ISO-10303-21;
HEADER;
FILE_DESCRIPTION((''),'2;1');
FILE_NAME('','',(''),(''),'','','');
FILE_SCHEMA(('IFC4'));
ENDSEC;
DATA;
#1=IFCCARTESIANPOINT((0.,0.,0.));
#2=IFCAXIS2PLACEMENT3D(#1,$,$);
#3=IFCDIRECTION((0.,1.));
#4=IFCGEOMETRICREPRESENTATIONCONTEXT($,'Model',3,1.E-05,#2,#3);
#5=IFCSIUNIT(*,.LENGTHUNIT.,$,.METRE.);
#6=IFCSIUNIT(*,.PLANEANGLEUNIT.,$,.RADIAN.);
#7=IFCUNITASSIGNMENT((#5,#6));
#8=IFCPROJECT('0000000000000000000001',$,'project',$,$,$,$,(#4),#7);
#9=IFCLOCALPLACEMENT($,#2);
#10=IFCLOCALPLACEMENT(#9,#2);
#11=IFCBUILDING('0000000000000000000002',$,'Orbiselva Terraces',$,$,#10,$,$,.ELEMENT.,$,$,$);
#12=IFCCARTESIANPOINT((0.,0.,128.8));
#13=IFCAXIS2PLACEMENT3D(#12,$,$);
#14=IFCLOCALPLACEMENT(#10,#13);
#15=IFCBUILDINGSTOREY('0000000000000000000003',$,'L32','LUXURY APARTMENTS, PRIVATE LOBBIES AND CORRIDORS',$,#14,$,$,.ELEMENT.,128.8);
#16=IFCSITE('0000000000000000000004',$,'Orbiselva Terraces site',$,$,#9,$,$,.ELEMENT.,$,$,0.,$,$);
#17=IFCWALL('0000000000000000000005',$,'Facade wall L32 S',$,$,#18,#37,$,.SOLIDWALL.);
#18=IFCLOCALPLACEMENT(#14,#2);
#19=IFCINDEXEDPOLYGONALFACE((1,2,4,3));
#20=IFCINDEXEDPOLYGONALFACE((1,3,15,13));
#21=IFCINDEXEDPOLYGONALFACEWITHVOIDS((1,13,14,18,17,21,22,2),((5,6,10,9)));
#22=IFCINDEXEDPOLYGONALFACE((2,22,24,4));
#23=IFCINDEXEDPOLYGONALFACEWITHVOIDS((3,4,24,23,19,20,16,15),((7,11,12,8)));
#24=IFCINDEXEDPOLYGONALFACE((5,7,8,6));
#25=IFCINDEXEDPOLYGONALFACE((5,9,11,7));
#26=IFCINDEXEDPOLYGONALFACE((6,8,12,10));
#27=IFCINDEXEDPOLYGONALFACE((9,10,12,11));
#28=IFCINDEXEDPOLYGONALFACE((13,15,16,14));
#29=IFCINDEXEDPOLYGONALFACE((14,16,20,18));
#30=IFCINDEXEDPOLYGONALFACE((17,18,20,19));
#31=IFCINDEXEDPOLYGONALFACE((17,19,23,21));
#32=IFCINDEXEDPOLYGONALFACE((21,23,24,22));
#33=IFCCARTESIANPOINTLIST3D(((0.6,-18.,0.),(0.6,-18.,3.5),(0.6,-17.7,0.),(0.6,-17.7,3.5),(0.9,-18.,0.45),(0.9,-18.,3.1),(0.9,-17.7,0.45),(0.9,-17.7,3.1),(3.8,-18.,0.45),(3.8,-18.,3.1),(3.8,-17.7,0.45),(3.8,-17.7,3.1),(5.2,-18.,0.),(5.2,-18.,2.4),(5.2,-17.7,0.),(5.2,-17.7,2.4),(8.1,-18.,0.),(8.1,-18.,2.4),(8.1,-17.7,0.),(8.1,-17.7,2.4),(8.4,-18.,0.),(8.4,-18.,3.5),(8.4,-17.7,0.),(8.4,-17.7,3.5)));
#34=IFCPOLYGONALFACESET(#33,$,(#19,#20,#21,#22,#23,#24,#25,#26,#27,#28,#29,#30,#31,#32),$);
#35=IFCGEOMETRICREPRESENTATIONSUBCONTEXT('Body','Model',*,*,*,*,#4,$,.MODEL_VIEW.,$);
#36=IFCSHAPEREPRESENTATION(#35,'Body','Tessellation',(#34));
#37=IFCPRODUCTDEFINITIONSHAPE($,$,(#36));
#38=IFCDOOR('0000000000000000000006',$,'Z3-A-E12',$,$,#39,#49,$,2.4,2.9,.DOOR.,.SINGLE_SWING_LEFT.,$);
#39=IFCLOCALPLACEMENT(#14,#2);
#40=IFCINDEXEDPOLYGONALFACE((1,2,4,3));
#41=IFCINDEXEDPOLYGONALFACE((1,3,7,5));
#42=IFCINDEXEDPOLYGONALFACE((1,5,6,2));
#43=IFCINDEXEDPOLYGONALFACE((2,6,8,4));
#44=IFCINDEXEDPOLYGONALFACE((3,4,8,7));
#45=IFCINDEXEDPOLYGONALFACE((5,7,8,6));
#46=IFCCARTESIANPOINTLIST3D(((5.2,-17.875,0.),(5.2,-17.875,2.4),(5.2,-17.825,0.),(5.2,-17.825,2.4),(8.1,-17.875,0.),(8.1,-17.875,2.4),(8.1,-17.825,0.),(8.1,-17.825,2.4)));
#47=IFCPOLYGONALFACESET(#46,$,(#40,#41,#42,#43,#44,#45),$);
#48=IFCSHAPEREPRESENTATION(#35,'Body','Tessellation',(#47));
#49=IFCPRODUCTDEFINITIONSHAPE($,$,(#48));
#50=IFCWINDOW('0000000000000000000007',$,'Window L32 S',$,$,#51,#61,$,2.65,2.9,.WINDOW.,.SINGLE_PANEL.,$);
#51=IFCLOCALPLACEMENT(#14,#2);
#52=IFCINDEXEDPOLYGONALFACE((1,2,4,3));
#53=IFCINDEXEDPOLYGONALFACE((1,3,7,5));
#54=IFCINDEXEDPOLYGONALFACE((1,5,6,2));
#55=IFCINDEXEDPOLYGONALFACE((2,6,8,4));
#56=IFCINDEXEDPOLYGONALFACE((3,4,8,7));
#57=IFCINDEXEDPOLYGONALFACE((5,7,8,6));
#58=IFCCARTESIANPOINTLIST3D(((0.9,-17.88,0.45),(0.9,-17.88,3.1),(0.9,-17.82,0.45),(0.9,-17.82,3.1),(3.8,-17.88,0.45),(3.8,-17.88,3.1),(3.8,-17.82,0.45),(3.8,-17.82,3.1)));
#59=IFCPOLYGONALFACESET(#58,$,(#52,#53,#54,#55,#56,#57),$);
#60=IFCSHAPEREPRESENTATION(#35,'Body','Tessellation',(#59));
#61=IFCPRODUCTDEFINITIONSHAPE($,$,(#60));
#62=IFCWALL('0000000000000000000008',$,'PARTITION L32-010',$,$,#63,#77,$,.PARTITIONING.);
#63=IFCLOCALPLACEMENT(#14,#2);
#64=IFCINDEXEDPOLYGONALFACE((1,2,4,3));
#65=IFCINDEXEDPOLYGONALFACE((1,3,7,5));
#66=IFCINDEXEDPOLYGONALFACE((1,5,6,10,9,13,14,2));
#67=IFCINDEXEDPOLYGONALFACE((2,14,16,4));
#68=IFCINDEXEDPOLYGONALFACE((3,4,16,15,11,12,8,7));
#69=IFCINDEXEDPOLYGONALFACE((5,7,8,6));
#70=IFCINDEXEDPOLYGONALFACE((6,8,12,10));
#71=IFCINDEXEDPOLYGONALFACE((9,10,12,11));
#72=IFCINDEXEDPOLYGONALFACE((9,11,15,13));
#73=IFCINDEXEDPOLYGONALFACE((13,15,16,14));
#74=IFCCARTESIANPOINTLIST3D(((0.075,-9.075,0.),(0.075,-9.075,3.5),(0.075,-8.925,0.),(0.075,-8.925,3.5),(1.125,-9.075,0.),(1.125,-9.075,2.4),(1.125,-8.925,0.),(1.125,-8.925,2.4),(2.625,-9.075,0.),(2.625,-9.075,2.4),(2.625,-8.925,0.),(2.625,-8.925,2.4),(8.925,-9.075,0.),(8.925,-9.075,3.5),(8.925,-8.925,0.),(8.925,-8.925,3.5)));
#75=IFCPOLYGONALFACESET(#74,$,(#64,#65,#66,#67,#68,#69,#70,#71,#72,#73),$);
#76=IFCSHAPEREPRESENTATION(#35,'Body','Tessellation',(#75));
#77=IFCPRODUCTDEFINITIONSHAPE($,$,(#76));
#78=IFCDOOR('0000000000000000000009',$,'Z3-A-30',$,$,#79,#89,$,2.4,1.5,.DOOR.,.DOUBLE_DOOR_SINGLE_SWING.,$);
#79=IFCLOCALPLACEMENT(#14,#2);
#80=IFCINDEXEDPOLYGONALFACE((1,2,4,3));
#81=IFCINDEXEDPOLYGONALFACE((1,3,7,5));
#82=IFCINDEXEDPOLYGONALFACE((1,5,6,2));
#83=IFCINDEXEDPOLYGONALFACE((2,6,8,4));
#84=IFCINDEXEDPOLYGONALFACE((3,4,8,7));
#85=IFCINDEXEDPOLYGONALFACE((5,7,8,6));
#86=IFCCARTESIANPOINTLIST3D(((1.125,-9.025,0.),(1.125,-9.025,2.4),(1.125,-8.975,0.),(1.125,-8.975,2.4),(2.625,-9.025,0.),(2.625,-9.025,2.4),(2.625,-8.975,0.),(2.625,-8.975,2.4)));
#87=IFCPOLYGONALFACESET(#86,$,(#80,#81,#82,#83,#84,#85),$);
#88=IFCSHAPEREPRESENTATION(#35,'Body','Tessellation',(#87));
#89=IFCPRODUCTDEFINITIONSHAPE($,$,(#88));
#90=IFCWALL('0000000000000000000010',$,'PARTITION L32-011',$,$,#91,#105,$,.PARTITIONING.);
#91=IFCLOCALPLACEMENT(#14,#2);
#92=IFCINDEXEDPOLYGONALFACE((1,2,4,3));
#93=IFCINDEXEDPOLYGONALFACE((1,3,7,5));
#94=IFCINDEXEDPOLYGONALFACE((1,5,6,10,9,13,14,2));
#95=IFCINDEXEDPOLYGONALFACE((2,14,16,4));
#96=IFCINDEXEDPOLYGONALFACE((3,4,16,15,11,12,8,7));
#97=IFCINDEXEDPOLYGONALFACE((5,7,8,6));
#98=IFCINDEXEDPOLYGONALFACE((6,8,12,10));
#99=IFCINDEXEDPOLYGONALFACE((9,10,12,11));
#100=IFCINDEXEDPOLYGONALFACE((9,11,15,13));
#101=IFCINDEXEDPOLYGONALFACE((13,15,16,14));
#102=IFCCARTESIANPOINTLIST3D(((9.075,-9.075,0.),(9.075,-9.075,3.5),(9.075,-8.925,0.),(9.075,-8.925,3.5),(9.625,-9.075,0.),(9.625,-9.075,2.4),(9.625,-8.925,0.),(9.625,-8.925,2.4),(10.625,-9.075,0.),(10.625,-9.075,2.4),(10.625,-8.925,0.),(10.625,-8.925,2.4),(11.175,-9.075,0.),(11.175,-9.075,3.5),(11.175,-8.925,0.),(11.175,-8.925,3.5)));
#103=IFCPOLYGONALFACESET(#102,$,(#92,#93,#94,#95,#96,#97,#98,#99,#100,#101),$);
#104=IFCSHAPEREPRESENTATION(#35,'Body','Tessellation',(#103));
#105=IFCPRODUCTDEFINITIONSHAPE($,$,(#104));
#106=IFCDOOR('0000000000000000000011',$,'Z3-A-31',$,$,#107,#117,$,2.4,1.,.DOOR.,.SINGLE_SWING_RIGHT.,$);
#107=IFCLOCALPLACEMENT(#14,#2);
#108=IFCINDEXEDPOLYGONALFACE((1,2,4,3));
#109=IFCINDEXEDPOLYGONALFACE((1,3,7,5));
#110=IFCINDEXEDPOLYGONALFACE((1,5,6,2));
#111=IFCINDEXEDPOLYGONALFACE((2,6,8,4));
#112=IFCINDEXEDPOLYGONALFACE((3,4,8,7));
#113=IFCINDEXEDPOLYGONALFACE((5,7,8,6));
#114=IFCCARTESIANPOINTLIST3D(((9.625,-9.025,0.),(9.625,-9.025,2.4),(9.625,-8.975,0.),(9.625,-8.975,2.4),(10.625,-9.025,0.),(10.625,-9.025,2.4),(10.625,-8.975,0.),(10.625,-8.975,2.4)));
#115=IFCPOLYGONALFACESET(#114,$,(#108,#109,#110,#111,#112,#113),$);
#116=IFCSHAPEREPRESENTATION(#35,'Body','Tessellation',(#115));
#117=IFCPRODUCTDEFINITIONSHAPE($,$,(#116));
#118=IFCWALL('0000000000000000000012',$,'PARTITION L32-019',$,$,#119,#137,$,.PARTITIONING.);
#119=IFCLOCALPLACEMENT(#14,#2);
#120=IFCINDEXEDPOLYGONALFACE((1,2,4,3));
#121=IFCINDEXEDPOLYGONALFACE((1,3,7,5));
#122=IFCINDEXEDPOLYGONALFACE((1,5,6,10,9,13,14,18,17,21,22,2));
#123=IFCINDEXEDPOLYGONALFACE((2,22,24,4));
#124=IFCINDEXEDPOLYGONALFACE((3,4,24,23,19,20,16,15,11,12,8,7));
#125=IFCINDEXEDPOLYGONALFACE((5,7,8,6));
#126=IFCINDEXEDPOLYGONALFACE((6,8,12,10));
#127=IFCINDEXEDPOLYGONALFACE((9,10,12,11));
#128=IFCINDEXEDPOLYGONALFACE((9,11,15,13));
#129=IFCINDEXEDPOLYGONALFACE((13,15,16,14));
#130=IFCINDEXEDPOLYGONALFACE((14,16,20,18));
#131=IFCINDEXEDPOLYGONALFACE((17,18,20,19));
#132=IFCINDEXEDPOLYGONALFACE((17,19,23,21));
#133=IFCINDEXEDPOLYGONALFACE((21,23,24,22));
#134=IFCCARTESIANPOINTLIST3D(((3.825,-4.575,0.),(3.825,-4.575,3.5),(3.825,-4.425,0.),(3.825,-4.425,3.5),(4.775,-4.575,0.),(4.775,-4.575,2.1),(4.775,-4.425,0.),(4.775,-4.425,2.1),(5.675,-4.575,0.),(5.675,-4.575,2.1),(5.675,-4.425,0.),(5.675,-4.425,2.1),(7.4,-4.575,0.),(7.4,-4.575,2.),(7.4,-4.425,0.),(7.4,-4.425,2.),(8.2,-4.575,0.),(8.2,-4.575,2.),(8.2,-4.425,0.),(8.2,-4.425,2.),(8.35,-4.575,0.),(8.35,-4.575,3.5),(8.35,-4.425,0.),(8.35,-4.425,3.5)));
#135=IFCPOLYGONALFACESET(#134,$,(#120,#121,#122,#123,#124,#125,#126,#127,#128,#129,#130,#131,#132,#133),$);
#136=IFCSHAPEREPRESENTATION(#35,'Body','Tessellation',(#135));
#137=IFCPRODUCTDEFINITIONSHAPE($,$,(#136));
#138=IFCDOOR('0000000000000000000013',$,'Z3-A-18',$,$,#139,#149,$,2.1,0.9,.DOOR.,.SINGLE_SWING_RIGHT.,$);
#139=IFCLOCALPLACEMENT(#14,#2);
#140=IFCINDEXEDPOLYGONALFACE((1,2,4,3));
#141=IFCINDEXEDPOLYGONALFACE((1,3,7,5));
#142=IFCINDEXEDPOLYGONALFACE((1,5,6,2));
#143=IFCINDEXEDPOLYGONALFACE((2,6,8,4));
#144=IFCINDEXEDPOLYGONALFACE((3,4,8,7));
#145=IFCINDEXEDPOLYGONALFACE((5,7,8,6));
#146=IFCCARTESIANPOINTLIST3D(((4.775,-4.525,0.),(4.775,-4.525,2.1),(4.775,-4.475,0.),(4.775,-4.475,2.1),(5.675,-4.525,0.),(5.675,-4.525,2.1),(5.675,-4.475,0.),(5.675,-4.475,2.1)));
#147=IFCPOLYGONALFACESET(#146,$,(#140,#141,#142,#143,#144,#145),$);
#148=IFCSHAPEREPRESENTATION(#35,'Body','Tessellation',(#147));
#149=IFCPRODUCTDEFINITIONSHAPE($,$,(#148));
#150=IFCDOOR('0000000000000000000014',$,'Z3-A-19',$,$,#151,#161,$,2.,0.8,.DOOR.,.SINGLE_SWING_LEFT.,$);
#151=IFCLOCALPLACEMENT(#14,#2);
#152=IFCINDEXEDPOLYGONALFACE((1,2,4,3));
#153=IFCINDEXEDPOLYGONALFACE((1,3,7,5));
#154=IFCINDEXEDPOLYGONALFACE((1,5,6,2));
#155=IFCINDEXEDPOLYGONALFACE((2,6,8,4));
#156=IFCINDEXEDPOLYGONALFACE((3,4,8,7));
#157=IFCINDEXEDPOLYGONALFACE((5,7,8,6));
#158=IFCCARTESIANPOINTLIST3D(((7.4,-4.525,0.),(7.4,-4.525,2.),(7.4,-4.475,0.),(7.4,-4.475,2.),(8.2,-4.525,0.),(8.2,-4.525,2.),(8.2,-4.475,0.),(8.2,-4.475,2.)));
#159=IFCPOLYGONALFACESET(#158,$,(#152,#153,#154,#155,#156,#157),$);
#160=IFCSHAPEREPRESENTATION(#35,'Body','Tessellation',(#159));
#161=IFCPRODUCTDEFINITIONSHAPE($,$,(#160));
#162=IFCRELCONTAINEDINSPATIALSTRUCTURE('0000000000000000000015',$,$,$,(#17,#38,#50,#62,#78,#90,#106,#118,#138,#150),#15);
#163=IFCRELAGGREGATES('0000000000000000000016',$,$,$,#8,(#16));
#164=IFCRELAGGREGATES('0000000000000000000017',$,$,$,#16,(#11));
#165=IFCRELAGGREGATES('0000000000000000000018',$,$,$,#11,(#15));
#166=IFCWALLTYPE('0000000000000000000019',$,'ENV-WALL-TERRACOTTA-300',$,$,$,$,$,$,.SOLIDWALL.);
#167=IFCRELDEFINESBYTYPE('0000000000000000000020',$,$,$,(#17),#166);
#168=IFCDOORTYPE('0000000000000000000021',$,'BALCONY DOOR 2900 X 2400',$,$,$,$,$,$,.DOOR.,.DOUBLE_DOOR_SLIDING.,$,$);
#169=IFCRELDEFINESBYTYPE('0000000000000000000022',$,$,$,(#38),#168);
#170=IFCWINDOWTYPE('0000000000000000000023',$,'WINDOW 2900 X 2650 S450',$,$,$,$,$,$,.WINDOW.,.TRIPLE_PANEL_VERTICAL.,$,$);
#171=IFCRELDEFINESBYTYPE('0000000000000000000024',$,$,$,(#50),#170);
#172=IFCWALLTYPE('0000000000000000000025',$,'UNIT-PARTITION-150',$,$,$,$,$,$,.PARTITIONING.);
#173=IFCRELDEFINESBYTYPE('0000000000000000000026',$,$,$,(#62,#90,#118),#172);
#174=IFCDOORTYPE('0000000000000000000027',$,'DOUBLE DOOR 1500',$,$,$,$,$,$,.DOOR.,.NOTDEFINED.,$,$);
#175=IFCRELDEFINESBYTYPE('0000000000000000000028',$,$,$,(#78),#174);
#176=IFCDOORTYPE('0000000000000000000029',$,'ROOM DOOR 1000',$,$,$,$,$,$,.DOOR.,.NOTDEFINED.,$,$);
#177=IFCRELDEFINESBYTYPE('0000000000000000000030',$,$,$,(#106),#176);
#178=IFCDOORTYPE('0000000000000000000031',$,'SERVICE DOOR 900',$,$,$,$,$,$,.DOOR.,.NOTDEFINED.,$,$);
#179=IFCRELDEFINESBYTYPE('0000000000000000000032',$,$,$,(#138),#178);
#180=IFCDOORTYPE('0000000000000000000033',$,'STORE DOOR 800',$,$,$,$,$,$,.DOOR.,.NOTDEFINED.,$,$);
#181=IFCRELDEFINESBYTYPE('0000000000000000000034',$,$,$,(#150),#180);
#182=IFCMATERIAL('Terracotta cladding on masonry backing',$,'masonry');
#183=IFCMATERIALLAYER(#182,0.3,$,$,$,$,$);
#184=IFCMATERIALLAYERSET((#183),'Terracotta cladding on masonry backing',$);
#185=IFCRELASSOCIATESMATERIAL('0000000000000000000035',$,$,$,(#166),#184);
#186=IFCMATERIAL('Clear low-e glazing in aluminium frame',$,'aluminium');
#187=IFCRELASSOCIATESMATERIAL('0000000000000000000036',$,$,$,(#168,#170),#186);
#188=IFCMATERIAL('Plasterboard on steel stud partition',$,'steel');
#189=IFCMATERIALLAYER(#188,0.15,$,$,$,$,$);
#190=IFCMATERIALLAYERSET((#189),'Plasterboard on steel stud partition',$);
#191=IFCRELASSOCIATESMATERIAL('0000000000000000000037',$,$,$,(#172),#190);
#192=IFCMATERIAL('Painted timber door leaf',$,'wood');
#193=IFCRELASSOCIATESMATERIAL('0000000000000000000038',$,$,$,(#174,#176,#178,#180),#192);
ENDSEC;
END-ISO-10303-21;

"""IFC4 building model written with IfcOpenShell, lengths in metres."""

from ifc_helpers import new_model, si_unit, direction, frame, frame_2d, origin, place, context, subcontext, project, spatial, rectangle, extrude, material, layer, layer_set, type_object, element, fill, save


model = new_model("IFC4")

# Units and contexts
model_context = context("Model", 3, precision=1e-05, world=origin(), true_north=direction((0.0, 1.0)))
body_context = subcontext(model_context, "Body", "Model", "MODEL_VIEW")
ifc_project = project(units=[si_unit("LENGTHUNIT", "METRE"), si_unit("PLANEANGLEUNIT", "RADIAN")], contexts=[model_context])

# Site, building, storey
site_placement = place(None, origin())
site = spatial("IfcSite", under=ifc_project, at=site_placement, Name="Orbiselva Terraces site", CompositionType="ELEMENT", RefElevation=0.0)
building_placement = place(site_placement, origin())
building = spatial("IfcBuilding", under=site, at=building_placement, Name="Orbiselva Terraces", CompositionType="ELEMENT")
storey_placement = place(building_placement, frame((0.0, 0.0, 128.8)))
storey = spatial("IfcBuildingStorey", under=building, at=storey_placement, Name="L32", Description="LUXURY APARTMENTS, PRIVATE LOBBIES AND CORRIDORS", CompositionType="ELEMENT", Elevation=128.8)

# Wall, openings, door, window
ifc_material_1 = material(Name="Terracotta cladding on masonry backing", Category="masonry")
ifc_layer_1 = layer(ifc_material_1, 0.3)
ifc_layer_set_1 = layer_set([ifc_layer_1], Name="Terracotta cladding on masonry backing")
wall_type_1 = type_object("IfcWallType", Name="ENV-WALL-TERRACOTTA-300", PredefinedType="SOLIDWALL", material=ifc_layer_set_1)
wall_1_placement = place(storey_placement, frame((8.4, -17.85, 0.0), z_axis=(0.0, 0.0, 1.0), x_axis=(-1.0, 0.0, 0.0)))
wall_1 = element("IfcWall", 1, at=wall_1_placement, inside=storey, type_object=wall_type_1, Name="Facade wall L32 S", PredefinedType="SOLIDWALL", context=body_context, shape_type="SweptSolid", body=[
    extrude(rectangle(XDim=7.8, YDim=0.3, at=frame_2d((3.9, 0.0))), origin(), (0.0, 0.0, 1.0), 3.5),
])
opening_1_placement = place(wall_1_placement, frame((4.6, 0.0, 0.45)))
opening_1 = element("IfcOpeningElement", 2, at=opening_1_placement, cuts=wall_1, PredefinedType="OPENING", context=body_context, shape_type="SweptSolid", body=[
    extrude(rectangle(XDim=2.9, YDim=2.65, at=frame_2d((1.45, 1.325))), frame((0.0, 0.16, 0.0), z_axis=(0.0, -1.0, 0.0), x_axis=(1.0, 0.0, 0.0)), (0.0, 0.0, 1.0), 0.32),
])
opening_2_placement = place(wall_1_placement, frame((0.3, 0.0, 0.0)))
opening_2 = element("IfcOpeningElement", 3, at=opening_2_placement, cuts=wall_1, PredefinedType="OPENING", context=body_context, shape_type="SweptSolid", body=[
    extrude(rectangle(XDim=2.9, YDim=2.4, at=frame_2d((1.45, 1.2))), frame((0.0, 0.16, 0.0), z_axis=(0.0, -1.0, 0.0), x_axis=(1.0, 0.0, 0.0)), (0.0, 0.0, 1.0), 0.32),
])
ifc_material_2 = material(Name="Clear low-e glazing in aluminium frame", Category="aluminium")
door_type_1 = type_object("IfcDoorType", Name="BALCONY DOOR 2900 X 2400", OperationType="DOUBLE_DOOR_SLIDING", PredefinedType="DOOR", material=ifc_material_2)
door_1_placement = place(opening_2_placement, origin())
door_1 = element("IfcDoor", 4, at=door_1_placement, inside=storey, type_object=door_type_1, Name="Z3-A-E12", OperationType="SINGLE_SWING_LEFT", OverallHeight=2.4, OverallWidth=2.9, PredefinedType="DOOR", context=body_context, shape_type="SweptSolid", body=[
    extrude(rectangle(XDim=2.9, YDim=2.4, at=frame_2d((1.45, 1.2))), frame((0.0, 0.025, 0.0), z_axis=(0.0, -1.0, 0.0), x_axis=(1.0, 0.0, 0.0)), (0.0, 0.0, 1.0), 0.05),
])
fill(opening_2, door_1)
window_type = type_object("IfcWindowType", Name="WINDOW 2900 X 2650 S450", PartitioningType="TRIPLE_PANEL_VERTICAL", PredefinedType="WINDOW", material=ifc_material_2)
window_placement = place(opening_1_placement, origin())
window = element("IfcWindow", 5, at=window_placement, inside=storey, type_object=window_type, Name="Window L32 S", OverallHeight=2.65, OverallWidth=2.9, PartitioningType="SINGLE_PANEL", PredefinedType="WINDOW", context=body_context, shape_type="SweptSolid", body=[
    extrude(rectangle(XDim=2.9, YDim=2.65, at=frame_2d((1.45, 1.325))), frame((0.0, 0.03, 0.0), z_axis=(0.0, -1.0, 0.0), x_axis=(1.0, 0.0, 0.0)), (0.0, 0.0, 1.0), 0.06),
])
fill(opening_1, window)

# Walls, openings, doors
ifc_material_3 = material(Name="Plasterboard on steel stud partition", Category="steel")
ifc_layer_2 = layer(ifc_material_3, 0.15)
ifc_layer_set_2 = layer_set([ifc_layer_2], Name="Plasterboard on steel stud partition")
wall_type_2 = type_object("IfcWallType", Name="UNIT-PARTITION-150", PredefinedType="PARTITIONING", material=ifc_layer_set_2)
wall_2_placement = place(storey_placement, frame((8.925, -9.0, 0.0), z_axis=(0.0, 0.0, 1.0), x_axis=(-1.0, 0.0, 0.0)))
wall_2 = element("IfcWall", 6, at=wall_2_placement, inside=storey, type_object=wall_type_2, Name="PARTITION L32-010", PredefinedType="PARTITIONING", context=body_context, shape_type="SweptSolid", body=[
    extrude(rectangle(XDim=8.85, YDim=0.15, at=frame_2d((4.425, 0.0))), origin(), (0.0, 0.0, 1.0), 3.5),
])
opening_3_placement = place(wall_2_placement, frame((6.3, 0.0, 0.0)))
opening_3 = element("IfcOpeningElement", 7, at=opening_3_placement, cuts=wall_2, PredefinedType="OPENING", context=body_context, shape_type="SweptSolid", body=[
    extrude(rectangle(XDim=1.5, YDim=2.4, at=frame_2d((0.75, 1.2))), frame((0.0, 0.085, 0.0), z_axis=(0.0, -1.0, 0.0), x_axis=(1.0, 0.0, 0.0)), (0.0, 0.0, 1.0), 0.17),
])
ifc_material_4 = material(Name="Painted timber door leaf", Category="wood")
door_type_2 = type_object("IfcDoorType", Name="DOUBLE DOOR 1500", OperationType="NOTDEFINED", PredefinedType="DOOR", material=ifc_material_4)
door_2_placement = place(opening_3_placement, origin())
door_2 = element("IfcDoor", 8, at=door_2_placement, inside=storey, type_object=door_type_2, Name="Z3-A-30", OperationType="DOUBLE_DOOR_SINGLE_SWING", OverallHeight=2.4, OverallWidth=1.5, PredefinedType="DOOR", context=body_context, shape_type="SweptSolid", body=[
    extrude(rectangle(XDim=1.5, YDim=2.4, at=frame_2d((0.75, 1.2))), frame((0.0, 0.025, 0.0), z_axis=(0.0, -1.0, 0.0), x_axis=(1.0, 0.0, 0.0)), (0.0, 0.0, 1.0), 0.05),
])
fill(opening_3, door_2)
wall_3_placement = place(storey_placement, frame((11.175, -9.0, 0.0), z_axis=(0.0, 0.0, 1.0), x_axis=(-1.0, 0.0, 0.0)))
wall_3 = element("IfcWall", 9, at=wall_3_placement, inside=storey, type_object=wall_type_2, Name="PARTITION L32-011", PredefinedType="PARTITIONING", context=body_context, shape_type="SweptSolid", body=[
    extrude(rectangle(XDim=2.1, YDim=0.15, at=frame_2d((1.05, 0.0))), origin(), (0.0, 0.0, 1.0), 3.5),
])
opening_4_placement = place(wall_3_placement, frame((0.55, 0.0, 0.0)))
opening_4 = element("IfcOpeningElement", 10, at=opening_4_placement, cuts=wall_3, PredefinedType="OPENING", context=body_context, shape_type="SweptSolid", body=[
    extrude(rectangle(XDim=1.0, YDim=2.4, at=frame_2d((0.5, 1.2))), frame((0.0, 0.085, 0.0), z_axis=(0.0, -1.0, 0.0), x_axis=(1.0, 0.0, 0.0)), (0.0, 0.0, 1.0), 0.17),
])
door_type_3 = type_object("IfcDoorType", Name="ROOM DOOR 1000", OperationType="NOTDEFINED", PredefinedType="DOOR", material=ifc_material_4)
door_3_placement = place(opening_4_placement, origin())
door_3 = element("IfcDoor", 11, at=door_3_placement, inside=storey, type_object=door_type_3, Name="Z3-A-31", OperationType="SINGLE_SWING_RIGHT", OverallHeight=2.4, OverallWidth=1.0, PredefinedType="DOOR", context=body_context, shape_type="SweptSolid", body=[
    extrude(rectangle(XDim=1.0, YDim=2.4, at=frame_2d((0.5, 1.2))), frame((0.0, 0.025, 0.0), z_axis=(0.0, -1.0, 0.0), x_axis=(1.0, 0.0, 0.0)), (0.0, 0.0, 1.0), 0.05),
])
fill(opening_4, door_3)

# Wall, openings, doors
wall_4_placement = place(storey_placement, frame((8.35, -4.5, 0.0), z_axis=(0.0, 0.0, 1.0), x_axis=(-1.0, 0.0, 0.0)))
wall_4 = element("IfcWall", 12, at=wall_4_placement, inside=storey, type_object=wall_type_2, Name="PARTITION L32-019", PredefinedType="PARTITIONING", context=body_context, shape_type="SweptSolid", body=[
    extrude(rectangle(XDim=4.525, YDim=0.15, at=frame_2d((2.2625, 0.0))), origin(), (0.0, 0.0, 1.0), 3.5),
])
opening_5_placement = place(wall_4_placement, frame((2.675, 0.0, 0.0)))
opening_5 = element("IfcOpeningElement", 13, at=opening_5_placement, cuts=wall_4, PredefinedType="OPENING", context=body_context, shape_type="SweptSolid", body=[
    extrude(rectangle(XDim=0.9, YDim=2.1, at=frame_2d((0.45, 1.05))), frame((0.0, 0.085, 0.0), z_axis=(0.0, -1.0, 0.0), x_axis=(1.0, 0.0, 0.0)), (0.0, 0.0, 1.0), 0.17),
])
opening_6_placement = place(wall_4_placement, frame((0.15, 0.0, 0.0)))
opening_6 = element("IfcOpeningElement", 14, at=opening_6_placement, cuts=wall_4, PredefinedType="OPENING", context=body_context, shape_type="SweptSolid", body=[
    extrude(rectangle(XDim=0.8, YDim=2.0, at=frame_2d((0.4, 1.0))), frame((0.0, 0.085, 0.0), z_axis=(0.0, -1.0, 0.0), x_axis=(1.0, 0.0, 0.0)), (0.0, 0.0, 1.0), 0.17),
])
door_type_4 = type_object("IfcDoorType", Name="SERVICE DOOR 900", OperationType="NOTDEFINED", PredefinedType="DOOR", material=ifc_material_4)
door_4_placement = place(opening_5_placement, origin())
door_4 = element("IfcDoor", 15, at=door_4_placement, inside=storey, type_object=door_type_4, Name="Z3-A-18", OperationType="SINGLE_SWING_RIGHT", OverallHeight=2.1, OverallWidth=0.9, PredefinedType="DOOR", context=body_context, shape_type="SweptSolid", body=[
    extrude(rectangle(XDim=0.9, YDim=2.1, at=frame_2d((0.45, 1.05))), frame((0.0, 0.025, 0.0), z_axis=(0.0, -1.0, 0.0), x_axis=(1.0, 0.0, 0.0)), (0.0, 0.0, 1.0), 0.05),
])
fill(opening_5, door_4)
door_type_5 = type_object("IfcDoorType", Name="STORE DOOR 800", OperationType="NOTDEFINED", PredefinedType="DOOR", material=ifc_material_4)
door_5_placement = place(opening_6_placement, origin())
door_5 = element("IfcDoor", 16, at=door_5_placement, inside=storey, type_object=door_type_5, Name="Z3-A-19", OperationType="SINGLE_SWING_LEFT", OverallHeight=2.0, OverallWidth=0.8, PredefinedType="DOOR", context=body_context, shape_type="SweptSolid", body=[
    extrude(rectangle(XDim=0.8, YDim=2.0, at=frame_2d((0.4, 1.0))), frame((0.0, 0.025, 0.0), z_axis=(0.0, -1.0, 0.0), x_axis=(1.0, 0.0, 0.0)), (0.0, 0.0, 1.0), 0.05),
])
fill(opening_6, door_5)

save(model, "model.ifc")
